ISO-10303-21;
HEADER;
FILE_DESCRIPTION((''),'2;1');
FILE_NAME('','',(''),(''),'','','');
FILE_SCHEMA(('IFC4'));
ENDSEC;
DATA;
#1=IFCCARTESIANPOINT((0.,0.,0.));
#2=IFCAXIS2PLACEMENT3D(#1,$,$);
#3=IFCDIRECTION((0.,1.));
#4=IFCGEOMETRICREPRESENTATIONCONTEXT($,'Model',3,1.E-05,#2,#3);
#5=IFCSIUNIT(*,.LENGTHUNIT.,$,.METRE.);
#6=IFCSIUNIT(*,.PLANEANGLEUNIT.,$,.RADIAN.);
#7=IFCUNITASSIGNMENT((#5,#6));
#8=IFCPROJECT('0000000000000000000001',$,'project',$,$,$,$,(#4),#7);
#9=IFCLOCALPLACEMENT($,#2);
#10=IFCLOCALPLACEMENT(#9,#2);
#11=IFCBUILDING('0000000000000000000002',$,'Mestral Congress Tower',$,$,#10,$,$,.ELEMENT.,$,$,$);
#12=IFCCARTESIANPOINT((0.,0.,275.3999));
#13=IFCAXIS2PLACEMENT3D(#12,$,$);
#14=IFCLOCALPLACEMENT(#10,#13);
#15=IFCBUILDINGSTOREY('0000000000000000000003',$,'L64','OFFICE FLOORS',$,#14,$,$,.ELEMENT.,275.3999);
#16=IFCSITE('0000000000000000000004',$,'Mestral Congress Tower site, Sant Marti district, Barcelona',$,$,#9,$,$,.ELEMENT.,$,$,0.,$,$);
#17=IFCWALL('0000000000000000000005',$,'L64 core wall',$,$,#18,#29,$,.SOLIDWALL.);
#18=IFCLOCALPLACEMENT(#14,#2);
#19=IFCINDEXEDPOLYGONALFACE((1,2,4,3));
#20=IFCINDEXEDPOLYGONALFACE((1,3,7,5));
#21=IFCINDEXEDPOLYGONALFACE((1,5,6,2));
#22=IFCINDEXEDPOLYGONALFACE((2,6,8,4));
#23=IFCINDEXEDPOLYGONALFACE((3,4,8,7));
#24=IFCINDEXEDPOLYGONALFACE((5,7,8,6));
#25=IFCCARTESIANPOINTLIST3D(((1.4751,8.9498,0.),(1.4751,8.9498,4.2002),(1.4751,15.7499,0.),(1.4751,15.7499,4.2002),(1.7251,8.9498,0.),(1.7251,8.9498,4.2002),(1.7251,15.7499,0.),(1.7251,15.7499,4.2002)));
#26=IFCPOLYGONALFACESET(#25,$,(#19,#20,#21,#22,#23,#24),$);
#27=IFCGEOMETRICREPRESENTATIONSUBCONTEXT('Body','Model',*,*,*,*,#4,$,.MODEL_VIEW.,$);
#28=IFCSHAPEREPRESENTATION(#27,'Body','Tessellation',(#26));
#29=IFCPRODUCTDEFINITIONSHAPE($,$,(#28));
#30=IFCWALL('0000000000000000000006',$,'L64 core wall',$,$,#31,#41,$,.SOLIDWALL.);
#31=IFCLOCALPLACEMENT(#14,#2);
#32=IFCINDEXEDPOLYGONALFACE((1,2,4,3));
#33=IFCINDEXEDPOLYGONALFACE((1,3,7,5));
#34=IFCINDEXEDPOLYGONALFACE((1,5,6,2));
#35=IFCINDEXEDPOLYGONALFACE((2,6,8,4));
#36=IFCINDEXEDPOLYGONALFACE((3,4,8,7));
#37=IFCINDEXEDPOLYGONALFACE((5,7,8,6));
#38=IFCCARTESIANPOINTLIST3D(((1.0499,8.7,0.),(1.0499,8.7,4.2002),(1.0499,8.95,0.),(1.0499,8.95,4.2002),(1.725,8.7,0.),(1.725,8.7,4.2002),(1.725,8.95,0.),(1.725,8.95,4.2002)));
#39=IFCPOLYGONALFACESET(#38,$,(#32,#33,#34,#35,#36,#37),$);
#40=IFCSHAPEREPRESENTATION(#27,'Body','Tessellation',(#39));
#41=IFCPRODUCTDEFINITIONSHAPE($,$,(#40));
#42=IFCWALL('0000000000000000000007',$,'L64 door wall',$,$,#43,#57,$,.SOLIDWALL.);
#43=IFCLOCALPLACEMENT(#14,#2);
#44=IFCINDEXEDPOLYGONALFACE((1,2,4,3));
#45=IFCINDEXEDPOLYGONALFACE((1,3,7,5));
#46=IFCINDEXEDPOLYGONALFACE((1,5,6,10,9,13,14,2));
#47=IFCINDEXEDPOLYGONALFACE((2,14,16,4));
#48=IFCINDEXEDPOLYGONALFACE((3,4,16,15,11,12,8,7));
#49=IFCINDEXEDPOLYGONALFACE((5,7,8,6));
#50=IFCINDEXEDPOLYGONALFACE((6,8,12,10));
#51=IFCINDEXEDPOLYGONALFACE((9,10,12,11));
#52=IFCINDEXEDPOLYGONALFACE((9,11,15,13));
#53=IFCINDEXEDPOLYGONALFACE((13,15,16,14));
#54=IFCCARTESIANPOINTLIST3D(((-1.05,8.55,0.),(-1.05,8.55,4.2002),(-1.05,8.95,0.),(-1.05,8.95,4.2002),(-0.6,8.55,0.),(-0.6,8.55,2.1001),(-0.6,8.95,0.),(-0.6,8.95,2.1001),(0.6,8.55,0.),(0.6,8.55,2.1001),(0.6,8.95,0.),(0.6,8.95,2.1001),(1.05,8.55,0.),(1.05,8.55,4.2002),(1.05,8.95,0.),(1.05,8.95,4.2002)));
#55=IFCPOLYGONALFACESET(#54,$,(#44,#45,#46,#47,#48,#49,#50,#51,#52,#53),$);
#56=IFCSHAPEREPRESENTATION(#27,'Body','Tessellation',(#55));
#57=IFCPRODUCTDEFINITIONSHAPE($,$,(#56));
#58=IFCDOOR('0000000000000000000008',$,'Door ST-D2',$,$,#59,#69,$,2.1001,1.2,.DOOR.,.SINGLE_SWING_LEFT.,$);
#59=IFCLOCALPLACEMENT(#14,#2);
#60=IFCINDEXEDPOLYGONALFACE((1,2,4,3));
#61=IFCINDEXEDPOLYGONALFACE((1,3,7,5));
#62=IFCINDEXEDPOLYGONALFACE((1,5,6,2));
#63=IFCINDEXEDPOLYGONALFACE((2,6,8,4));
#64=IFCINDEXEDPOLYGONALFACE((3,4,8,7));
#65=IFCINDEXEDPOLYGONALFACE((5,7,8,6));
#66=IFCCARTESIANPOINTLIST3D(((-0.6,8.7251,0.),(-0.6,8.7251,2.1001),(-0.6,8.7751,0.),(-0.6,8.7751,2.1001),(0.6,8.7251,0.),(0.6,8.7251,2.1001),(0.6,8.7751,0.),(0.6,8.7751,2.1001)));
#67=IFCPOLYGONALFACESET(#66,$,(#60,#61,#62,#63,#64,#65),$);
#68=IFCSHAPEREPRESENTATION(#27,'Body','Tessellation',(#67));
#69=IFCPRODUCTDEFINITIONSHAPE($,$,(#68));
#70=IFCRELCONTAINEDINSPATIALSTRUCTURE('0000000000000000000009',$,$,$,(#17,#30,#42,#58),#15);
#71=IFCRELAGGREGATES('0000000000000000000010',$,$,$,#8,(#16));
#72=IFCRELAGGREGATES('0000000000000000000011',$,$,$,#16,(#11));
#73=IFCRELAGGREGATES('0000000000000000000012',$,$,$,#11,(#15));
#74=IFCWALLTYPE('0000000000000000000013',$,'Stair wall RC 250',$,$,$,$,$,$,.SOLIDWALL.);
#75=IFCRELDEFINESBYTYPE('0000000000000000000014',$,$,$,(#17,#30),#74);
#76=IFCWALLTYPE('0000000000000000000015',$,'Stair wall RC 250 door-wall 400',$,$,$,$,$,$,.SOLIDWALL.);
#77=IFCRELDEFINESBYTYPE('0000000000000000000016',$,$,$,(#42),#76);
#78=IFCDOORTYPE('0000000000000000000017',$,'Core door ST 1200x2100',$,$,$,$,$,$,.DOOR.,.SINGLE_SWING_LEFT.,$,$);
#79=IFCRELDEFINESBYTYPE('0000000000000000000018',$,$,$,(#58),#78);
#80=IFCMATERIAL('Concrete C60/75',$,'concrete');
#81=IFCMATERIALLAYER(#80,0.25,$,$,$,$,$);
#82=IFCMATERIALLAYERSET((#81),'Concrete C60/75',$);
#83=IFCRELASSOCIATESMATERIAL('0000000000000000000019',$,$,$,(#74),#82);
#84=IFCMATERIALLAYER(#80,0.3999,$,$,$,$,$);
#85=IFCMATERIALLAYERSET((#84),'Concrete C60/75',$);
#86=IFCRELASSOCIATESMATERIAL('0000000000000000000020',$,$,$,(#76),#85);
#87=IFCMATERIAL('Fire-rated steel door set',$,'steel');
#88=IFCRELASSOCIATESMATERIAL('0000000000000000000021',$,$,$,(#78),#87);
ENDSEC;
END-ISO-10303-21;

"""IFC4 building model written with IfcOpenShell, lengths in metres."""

from ifc_helpers import new_model, si_unit, direction, frame, frame_2d, origin, place, context, subcontext, project, spatial, rectangle, extrude, material, layer, layer_set, type_object, element, fill, save


model = new_model("IFC4")

# Units and contexts
model_context = context("Model", 3, precision=1e-05, world=origin(), true_north=direction((0.0, 1.0)))
body_context = subcontext(model_context, "Body", "Model", "MODEL_VIEW")
ifc_project = project(units=[si_unit("LENGTHUNIT", "METRE"), si_unit("PLANEANGLEUNIT", "RADIAN")], contexts=[model_context])

# Site, building, storey
site_placement = place(None, origin())
site = spatial("IfcSite", under=ifc_project, at=site_placement, Name="Mestral Congress Tower site, Sant Marti district, Barcelona", CompositionType="ELEMENT", RefElevation=0.0)
building_placement = place(site_placement, origin())
building = spatial("IfcBuilding", under=site, at=building_placement, Name="Mestral Congress Tower", CompositionType="ELEMENT")
storey_placement = place(building_placement, frame((0.0, 0.0, 275.3999)))
storey = spatial("IfcBuildingStorey", under=building, at=storey_placement, Name="L64", Description="OFFICE FLOORS", CompositionType="ELEMENT", Elevation=275.3999)

# Walls
ifc_material_1 = material(Name="Concrete C60/75", Category="concrete")
ifc_layer_1 = layer(ifc_material_1, 0.25)
ifc_layer_set_1 = layer_set([ifc_layer_1], Name="Concrete C60/75")
wall_type_1 = type_object("IfcWallType", Name="Stair wall RC 250", PredefinedType="SOLIDWALL", material=ifc_layer_set_1)
wall_1_placement = place(storey_placement, frame((1.6001, 8.95, 0.0), z_axis=(0.0, 0.0, 1.0), x_axis=(0.0, 1.0, 0.0)))
element("IfcWall", 1, at=wall_1_placement, inside=storey, type_object=wall_type_1, Name="L64 core wall", PredefinedType="SOLIDWALL", context=body_context, shape_type="SweptSolid", body=[
    extrude(rectangle(XDim=6.8, YDim=0.25, at=frame_2d((3.3999, 0.0))), origin(), (0.0, 0.0, 1.0), 4.2002),
])
wall_2_placement = place(storey_placement, frame((1.05, 8.825, 0.0), z_axis=(0.0, 0.0, 1.0), x_axis=(1.0, 0.0, 0.0)))
element("IfcWall", 2, at=wall_2_placement, inside=storey, type_object=wall_type_1, Name="L64 core wall", PredefinedType="SOLIDWALL", context=body_context, shape_type="SweptSolid", body=[
    extrude(rectangle(XDim=0.675, YDim=0.25, at=frame_2d((0.3374, 0.0))), origin(), (0.0, 0.0, 1.0), 4.2002),
])

# Wall, opening, door
ifc_layer_2 = layer(ifc_material_1, 0.3999)
ifc_layer_set_2 = layer_set([ifc_layer_2], Name="Concrete C60/75")
wall_type_2 = type_object("IfcWallType", Name="Stair wall RC 250 door-wall 400", PredefinedType="SOLIDWALL", material=ifc_layer_set_2)
wall_3_placement = place(storey_placement, frame((1.05, 8.75, 0.0), z_axis=(0.0, 0.0, 1.0), x_axis=(-1.0, 0.0, 0.0)))
wall_3 = element("IfcWall", 3, at=wall_3_placement, inside=storey, type_object=wall_type_2, Name="L64 door wall", PredefinedType="SOLIDWALL", context=body_context, shape_type="SweptSolid", body=[
    extrude(rectangle(XDim=2.1001, YDim=0.3999, at=frame_2d((1.05, 0.0))), origin(), (0.0, 0.0, 1.0), 4.2002),
])
opening_placement = place(wall_3_placement, frame((0.45, 0.0, 0.0)))
opening = element("IfcOpeningElement", 4, at=opening_placement, cuts=wall_3, PredefinedType="OPENING", context=body_context, shape_type="SweptSolid", body=[
    extrude(rectangle(XDim=1.2, YDim=2.1001, at=frame_2d((0.6001, 1.05))), frame((0.0, 0.21, 0.0), z_axis=(0.0, -1.0, 0.0), x_axis=(1.0, 0.0, 0.0)), (0.0, 0.0, 1.0), 0.4199),
])
ifc_material_2 = material(Name="Fire-rated steel door set", Category="steel")
door_type = type_object("IfcDoorType", Name="Core door ST 1200x2100", OperationType="SINGLE_SWING_LEFT", PredefinedType="DOOR", material=ifc_material_2)
door_placement = place(opening_placement, origin())
door = element("IfcDoor", 5, at=door_placement, inside=storey, type_object=door_type, Name="Door ST-D2", OperationType="SINGLE_SWING_LEFT", OverallHeight=2.1001, OverallWidth=1.2, PredefinedType="DOOR", context=body_context, shape_type="SweptSolid", body=[
    extrude(rectangle(XDim=1.2, YDim=2.1001, at=frame_2d((0.6001, 1.05))), frame((0.0, 0.0249, 0.0), z_axis=(0.0, -1.0, 0.0), x_axis=(1.0, 0.0, 0.0)), (0.0, 0.0, 1.0), 0.05),
])
fill(opening, door)

save(model, "model.ifc")
